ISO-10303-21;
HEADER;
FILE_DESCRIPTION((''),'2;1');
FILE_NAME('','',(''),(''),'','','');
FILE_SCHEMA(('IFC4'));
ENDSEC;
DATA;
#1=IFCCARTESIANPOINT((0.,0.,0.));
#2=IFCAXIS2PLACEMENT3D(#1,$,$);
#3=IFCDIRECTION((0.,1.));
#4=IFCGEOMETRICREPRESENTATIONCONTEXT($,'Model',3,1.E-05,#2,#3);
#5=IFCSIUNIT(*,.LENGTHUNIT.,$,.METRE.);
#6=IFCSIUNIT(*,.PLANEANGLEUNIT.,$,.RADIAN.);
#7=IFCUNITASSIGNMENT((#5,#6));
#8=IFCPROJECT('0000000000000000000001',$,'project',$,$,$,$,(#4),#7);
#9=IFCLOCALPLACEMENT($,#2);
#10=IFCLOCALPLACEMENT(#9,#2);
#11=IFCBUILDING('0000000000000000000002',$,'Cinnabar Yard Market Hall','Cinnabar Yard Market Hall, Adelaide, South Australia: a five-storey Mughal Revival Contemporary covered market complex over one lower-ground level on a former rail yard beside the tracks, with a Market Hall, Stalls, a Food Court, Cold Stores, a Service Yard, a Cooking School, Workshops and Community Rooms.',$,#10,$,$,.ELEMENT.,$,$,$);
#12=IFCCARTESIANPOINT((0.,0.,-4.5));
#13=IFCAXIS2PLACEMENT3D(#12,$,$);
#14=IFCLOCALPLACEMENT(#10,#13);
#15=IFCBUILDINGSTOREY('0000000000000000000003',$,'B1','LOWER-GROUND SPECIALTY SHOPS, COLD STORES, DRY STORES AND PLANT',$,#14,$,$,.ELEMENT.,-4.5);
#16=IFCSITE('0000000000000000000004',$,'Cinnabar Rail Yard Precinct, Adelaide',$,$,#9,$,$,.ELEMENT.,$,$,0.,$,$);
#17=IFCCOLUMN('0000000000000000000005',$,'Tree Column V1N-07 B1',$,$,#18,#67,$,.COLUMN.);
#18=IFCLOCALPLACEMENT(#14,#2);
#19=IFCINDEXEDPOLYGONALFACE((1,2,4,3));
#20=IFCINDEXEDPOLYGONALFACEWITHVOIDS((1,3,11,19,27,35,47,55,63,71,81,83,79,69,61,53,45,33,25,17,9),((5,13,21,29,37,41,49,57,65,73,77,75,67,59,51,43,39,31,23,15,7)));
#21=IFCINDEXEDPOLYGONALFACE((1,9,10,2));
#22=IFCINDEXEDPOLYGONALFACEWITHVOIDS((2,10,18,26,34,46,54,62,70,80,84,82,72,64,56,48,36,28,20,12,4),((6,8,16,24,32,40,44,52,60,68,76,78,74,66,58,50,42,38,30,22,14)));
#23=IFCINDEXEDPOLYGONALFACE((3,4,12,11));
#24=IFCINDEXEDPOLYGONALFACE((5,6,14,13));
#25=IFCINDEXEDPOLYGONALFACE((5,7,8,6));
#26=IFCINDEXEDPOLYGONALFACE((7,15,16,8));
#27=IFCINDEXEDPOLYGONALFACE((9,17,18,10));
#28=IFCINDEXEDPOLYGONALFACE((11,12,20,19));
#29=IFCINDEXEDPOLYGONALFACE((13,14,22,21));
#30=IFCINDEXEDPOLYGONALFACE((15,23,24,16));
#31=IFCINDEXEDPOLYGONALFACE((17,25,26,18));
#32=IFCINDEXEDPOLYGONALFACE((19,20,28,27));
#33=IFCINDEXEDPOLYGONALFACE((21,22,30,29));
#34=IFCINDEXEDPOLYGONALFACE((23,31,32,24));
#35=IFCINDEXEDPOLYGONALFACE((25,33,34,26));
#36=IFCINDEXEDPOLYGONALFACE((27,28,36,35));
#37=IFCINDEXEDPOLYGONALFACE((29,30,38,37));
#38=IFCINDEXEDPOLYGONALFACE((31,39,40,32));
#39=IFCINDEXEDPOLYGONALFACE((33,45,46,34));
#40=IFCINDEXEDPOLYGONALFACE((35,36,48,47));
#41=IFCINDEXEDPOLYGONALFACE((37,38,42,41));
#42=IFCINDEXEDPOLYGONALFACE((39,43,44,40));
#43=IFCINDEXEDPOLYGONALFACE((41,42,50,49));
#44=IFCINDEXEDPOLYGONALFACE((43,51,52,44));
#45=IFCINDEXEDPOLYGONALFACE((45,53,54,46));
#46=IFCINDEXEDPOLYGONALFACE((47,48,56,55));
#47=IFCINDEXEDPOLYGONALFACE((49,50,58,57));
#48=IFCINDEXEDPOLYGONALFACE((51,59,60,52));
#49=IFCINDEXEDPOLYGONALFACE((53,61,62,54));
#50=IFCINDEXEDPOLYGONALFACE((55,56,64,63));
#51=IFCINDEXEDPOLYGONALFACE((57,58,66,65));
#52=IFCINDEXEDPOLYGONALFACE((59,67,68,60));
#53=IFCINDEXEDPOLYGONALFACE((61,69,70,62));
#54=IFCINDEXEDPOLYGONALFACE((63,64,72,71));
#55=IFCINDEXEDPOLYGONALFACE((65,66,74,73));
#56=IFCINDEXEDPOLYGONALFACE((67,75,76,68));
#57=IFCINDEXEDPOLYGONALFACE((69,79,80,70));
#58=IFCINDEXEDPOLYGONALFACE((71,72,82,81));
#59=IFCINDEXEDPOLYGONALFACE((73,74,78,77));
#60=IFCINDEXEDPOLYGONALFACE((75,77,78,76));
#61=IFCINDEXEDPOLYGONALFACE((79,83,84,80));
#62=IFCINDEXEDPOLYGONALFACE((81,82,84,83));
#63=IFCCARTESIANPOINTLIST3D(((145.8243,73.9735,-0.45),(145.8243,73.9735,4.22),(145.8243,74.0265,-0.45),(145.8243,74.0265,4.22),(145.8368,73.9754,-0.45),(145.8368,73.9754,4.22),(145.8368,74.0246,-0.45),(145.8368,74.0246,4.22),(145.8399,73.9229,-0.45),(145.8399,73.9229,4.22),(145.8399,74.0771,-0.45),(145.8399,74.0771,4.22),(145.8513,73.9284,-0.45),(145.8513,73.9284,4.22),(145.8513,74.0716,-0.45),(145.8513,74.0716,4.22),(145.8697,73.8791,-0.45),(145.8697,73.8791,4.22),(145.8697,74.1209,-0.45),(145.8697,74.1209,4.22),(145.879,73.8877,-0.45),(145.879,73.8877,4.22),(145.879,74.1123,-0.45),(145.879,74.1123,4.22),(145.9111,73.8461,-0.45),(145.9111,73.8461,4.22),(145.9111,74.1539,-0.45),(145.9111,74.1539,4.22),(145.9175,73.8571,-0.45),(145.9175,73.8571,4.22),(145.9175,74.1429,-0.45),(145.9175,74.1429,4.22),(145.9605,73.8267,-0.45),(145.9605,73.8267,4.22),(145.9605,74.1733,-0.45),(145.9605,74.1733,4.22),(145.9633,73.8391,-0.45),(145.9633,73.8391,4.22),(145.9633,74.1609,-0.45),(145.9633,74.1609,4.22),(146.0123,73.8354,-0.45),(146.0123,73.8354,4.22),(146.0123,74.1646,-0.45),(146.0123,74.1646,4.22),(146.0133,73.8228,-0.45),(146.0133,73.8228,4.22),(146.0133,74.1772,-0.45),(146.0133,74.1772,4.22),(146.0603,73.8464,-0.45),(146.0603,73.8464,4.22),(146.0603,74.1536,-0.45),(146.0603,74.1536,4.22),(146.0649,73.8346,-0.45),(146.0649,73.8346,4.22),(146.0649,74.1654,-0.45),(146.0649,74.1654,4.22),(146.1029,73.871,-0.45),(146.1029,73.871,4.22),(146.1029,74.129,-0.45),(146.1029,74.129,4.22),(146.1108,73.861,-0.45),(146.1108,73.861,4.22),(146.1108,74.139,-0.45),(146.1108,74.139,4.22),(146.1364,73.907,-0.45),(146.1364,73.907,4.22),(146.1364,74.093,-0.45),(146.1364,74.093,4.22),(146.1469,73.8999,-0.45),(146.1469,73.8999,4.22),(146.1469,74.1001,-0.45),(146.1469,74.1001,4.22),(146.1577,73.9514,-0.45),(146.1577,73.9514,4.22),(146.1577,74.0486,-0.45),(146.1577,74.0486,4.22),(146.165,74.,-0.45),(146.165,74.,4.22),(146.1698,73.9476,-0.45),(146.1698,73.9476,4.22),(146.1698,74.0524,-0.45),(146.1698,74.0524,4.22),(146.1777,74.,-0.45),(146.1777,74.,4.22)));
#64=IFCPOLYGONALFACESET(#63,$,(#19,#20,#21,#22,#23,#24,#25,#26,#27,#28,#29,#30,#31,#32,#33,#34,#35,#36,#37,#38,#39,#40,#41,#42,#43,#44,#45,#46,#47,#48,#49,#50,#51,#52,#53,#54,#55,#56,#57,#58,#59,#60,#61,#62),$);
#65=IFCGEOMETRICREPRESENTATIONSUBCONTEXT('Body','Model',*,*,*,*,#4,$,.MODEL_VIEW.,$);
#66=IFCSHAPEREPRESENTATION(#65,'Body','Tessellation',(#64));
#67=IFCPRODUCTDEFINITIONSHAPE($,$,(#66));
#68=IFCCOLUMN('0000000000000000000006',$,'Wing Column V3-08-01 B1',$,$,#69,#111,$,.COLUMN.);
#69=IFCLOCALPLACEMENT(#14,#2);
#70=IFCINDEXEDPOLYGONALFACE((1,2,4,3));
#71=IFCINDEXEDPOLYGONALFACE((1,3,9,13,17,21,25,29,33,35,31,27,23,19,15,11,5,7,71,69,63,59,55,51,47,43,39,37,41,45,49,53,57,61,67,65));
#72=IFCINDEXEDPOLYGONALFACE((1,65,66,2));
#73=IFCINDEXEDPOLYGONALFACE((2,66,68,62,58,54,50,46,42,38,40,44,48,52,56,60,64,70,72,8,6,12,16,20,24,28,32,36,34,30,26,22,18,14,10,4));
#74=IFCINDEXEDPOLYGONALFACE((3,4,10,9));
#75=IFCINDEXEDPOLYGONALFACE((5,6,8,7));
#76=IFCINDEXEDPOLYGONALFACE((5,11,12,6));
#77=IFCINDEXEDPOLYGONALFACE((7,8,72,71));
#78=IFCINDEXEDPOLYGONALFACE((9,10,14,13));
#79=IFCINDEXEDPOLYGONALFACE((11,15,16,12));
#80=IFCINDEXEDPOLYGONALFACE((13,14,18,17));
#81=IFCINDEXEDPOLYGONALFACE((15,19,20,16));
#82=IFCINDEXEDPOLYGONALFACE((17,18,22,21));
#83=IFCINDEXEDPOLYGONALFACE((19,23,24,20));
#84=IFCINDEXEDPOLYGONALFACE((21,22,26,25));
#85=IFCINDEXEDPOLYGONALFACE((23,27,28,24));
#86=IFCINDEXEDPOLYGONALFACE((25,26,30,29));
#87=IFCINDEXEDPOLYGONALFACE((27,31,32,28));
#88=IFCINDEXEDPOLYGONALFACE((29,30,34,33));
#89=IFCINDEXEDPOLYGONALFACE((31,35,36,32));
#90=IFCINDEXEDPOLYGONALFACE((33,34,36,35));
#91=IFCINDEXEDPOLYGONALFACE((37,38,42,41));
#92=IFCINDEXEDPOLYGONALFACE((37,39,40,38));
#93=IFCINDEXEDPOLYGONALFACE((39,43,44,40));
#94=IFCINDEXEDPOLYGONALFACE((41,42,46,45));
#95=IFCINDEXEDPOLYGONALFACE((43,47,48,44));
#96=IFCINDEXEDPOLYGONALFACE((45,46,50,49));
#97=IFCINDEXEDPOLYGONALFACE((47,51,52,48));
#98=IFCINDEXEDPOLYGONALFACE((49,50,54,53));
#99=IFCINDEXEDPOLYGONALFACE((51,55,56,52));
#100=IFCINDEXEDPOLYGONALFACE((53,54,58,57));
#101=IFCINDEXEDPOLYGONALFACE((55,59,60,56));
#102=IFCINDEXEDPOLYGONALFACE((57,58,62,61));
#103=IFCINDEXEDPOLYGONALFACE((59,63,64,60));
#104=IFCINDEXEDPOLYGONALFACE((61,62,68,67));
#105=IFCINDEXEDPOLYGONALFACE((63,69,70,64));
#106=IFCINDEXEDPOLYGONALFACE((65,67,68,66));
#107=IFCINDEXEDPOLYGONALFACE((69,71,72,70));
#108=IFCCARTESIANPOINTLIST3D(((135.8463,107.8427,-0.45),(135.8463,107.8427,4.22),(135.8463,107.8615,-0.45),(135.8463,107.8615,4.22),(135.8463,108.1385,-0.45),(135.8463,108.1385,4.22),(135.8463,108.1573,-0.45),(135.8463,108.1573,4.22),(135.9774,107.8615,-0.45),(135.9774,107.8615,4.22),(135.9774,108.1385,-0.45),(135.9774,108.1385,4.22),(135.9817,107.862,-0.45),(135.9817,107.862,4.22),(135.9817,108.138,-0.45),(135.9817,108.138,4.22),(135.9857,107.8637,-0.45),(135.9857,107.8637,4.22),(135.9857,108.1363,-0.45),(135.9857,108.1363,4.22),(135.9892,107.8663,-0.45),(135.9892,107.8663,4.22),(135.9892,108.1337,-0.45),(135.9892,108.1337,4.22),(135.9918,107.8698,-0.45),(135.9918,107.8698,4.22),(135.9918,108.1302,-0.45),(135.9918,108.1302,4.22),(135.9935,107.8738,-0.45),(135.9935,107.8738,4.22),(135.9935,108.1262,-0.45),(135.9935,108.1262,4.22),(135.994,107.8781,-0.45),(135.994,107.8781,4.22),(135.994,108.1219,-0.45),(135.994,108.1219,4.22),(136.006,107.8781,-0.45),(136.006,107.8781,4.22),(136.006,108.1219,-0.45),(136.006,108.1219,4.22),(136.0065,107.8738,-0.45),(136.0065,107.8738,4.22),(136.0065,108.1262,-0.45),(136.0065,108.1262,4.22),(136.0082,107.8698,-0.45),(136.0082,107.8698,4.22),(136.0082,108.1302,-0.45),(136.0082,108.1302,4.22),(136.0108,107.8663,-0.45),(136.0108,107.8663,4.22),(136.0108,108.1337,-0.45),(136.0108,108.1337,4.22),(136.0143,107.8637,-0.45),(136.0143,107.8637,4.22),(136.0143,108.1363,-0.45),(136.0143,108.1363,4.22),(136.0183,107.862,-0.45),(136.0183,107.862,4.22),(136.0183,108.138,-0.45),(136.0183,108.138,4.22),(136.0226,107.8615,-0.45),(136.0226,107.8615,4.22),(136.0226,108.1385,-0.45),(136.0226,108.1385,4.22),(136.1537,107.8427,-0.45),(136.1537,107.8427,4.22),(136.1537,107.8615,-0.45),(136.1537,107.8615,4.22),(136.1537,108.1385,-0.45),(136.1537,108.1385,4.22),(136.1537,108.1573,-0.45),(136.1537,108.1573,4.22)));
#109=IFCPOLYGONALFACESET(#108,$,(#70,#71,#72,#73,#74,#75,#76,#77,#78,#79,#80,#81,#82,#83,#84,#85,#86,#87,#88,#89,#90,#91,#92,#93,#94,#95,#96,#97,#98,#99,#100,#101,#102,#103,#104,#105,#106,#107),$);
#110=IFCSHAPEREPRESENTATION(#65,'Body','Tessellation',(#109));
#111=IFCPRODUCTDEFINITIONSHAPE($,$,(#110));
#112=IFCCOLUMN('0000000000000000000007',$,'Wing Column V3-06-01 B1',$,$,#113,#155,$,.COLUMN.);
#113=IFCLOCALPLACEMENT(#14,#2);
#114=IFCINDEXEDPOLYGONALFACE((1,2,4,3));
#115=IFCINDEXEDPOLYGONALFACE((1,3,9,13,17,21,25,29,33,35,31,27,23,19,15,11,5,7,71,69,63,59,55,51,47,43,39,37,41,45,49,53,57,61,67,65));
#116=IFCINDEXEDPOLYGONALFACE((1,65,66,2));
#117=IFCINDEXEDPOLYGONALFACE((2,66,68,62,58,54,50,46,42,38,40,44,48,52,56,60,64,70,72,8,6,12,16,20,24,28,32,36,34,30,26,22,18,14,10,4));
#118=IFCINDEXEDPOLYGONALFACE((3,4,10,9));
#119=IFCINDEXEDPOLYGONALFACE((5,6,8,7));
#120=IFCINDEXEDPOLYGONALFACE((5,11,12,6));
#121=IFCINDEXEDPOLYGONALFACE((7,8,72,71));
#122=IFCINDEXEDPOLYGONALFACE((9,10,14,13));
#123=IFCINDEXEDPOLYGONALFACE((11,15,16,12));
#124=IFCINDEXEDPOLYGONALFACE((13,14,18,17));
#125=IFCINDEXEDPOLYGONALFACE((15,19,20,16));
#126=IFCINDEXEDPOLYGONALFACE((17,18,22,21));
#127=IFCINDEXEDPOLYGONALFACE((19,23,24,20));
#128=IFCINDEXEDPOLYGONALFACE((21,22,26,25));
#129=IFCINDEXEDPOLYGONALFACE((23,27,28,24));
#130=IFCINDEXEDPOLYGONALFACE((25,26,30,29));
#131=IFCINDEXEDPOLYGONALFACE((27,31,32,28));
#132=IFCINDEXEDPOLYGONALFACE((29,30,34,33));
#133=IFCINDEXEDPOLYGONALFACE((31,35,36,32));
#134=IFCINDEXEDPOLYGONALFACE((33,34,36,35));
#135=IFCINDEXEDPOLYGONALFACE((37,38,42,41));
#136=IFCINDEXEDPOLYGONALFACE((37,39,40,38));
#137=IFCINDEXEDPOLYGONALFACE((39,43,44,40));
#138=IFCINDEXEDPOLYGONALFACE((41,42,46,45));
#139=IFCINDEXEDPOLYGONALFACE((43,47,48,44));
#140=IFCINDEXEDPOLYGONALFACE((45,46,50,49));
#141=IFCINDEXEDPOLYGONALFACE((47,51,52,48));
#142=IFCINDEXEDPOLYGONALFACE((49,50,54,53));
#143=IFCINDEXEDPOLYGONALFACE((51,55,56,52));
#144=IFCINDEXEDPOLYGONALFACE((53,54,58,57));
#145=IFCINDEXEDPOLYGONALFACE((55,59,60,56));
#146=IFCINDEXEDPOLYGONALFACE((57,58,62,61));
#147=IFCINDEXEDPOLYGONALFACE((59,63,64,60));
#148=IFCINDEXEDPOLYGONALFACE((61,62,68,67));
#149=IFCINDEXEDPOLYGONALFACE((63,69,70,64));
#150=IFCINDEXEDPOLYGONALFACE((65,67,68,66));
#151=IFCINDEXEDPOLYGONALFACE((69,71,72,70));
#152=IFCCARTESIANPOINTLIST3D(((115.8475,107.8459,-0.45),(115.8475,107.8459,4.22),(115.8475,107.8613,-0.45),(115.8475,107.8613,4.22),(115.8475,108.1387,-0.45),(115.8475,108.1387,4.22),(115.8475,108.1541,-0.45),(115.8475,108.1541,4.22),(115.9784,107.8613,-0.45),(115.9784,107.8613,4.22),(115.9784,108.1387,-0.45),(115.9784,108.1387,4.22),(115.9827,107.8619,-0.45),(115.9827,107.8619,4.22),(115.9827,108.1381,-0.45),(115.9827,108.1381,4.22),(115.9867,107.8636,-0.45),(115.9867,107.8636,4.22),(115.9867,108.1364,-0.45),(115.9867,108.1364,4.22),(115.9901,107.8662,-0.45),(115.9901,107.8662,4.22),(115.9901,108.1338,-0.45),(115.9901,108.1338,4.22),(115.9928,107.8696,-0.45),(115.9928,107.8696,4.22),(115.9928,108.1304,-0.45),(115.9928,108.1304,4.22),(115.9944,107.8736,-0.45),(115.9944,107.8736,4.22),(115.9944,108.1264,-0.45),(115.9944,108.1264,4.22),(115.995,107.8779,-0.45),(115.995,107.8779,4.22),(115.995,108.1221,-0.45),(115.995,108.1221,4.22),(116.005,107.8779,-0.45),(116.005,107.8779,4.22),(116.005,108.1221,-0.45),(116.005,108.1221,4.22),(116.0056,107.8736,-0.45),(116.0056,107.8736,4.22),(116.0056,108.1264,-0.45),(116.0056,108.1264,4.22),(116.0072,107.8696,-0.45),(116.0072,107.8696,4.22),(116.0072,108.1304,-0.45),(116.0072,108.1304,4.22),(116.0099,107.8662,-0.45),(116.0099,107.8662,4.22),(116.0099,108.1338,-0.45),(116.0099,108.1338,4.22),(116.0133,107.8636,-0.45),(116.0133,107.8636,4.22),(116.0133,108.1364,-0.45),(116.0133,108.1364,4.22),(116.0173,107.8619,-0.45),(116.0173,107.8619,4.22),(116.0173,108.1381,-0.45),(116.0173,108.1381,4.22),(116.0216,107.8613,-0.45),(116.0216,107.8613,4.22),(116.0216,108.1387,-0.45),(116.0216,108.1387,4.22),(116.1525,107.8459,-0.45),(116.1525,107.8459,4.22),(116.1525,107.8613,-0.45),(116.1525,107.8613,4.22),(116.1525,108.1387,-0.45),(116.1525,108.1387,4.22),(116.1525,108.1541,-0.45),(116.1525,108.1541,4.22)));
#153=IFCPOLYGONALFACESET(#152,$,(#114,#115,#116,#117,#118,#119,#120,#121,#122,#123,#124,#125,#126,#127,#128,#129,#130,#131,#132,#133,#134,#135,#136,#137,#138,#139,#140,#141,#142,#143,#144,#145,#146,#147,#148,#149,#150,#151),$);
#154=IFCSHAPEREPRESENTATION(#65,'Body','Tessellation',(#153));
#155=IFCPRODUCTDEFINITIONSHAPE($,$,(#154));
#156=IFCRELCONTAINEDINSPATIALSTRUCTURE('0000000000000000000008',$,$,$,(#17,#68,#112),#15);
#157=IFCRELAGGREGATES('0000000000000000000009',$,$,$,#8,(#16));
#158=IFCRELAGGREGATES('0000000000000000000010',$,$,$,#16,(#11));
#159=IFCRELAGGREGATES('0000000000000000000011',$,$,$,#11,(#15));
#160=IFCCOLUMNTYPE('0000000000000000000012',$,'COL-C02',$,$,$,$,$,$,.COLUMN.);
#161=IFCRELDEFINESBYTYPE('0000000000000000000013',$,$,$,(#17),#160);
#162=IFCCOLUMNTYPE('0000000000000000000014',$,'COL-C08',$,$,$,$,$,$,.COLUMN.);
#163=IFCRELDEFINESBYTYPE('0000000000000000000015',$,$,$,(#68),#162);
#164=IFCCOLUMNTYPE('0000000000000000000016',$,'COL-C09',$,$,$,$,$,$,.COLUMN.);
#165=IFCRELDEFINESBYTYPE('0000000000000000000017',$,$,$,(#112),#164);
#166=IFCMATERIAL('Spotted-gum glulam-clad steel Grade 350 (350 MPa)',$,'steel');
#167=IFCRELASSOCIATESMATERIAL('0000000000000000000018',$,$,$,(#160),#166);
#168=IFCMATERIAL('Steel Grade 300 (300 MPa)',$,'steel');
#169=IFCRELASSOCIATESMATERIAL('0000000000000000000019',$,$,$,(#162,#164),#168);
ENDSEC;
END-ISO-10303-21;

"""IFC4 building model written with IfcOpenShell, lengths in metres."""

from ifc_helpers import new_model, si_unit, direction, frame, origin, origin_2d_with_axis, place, context, subcontext, project, spatial, hollow_circle, i_section, extrude, material, material_profile, profile_set, type_object, element, save


model = new_model("IFC4")

# Units and contexts
model_context = context("Model", 3, precision=1e-05, world=origin(), true_north=direction((0.0, 1.0)))
body_context = subcontext(model_context, "Body", "Model", "MODEL_VIEW")
ifc_project = project(units=[si_unit("LENGTHUNIT", "METRE"), si_unit("PLANEANGLEUNIT", "RADIAN")], contexts=[model_context])

# Site, building, storey
site_placement = place(None, origin())
site = spatial("IfcSite", under=ifc_project, at=site_placement, Name="Cinnabar Rail Yard Precinct, Adelaide", CompositionType="ELEMENT", RefElevation=0.0)
building_placement = place(site_placement, origin())
building = spatial("IfcBuilding", under=site, at=building_placement, Name="Cinnabar Yard Market Hall", Description="Cinnabar Yard Market Hall, Adelaide, South Australia: a five-storey Mughal Revival Contemporary covered market complex over one lower-ground level on a former rail yard beside the tracks, with a Market Hall, Stalls, a Food Court, Cold Stores, a Service Yard, a Cooking School, Workshops and Community Rooms.", CompositionType="ELEMENT")
storey_placement = place(building_placement, frame((0.0, 0.0, -4.5)))
storey = spatial("IfcBuildingStorey", under=building, at=storey_placement, Name="B1", Description="LOWER-GROUND SPECIALTY SHOPS, COLD STORES, DRY STORES AND PLANT", CompositionType="ELEMENT", Elevation=-4.5)

# Columns
ifc_material_1 = material(Name="Spotted-gum glulam-clad steel Grade 350 (350 MPa)", Category="steel")
ifc_material_profile_1 = material_profile(ifc_material_1, hollow_circle(Radius=0.1777, WallThickness=0.0127, at=origin_2d_with_axis()), Name="355.6x12.7CHS")
ifc_profile_set_1 = profile_set([ifc_material_profile_1], Name="Spotted-gum glulam-clad steel Grade 350 (350 MPa)")
column_type_1 = type_object("IfcColumnType", Name="COL-C02", PredefinedType="COLUMN", material=ifc_profile_set_1)
for number, where, z_axis, x_axis, name in (
    (1, (146.0, 74.0, -0.45), (0.0, 0.0, 1.0), (1.0, 0.0, 0.0), "Tree Column V1N-07 B1"),
):
    element("IfcColumn", number, at=place(storey_placement, frame(where, z_axis=z_axis, x_axis=x_axis)), inside=storey, type_object=column_type_1, Name=name, PredefinedType="COLUMN", context=body_context, shape_type="SweptSolid", body=[
        extrude(hollow_circle(Radius=0.1777, WallThickness=0.0127, at=origin_2d_with_axis()), origin(), (0.0, 0.0, 1.0), 4.6699),
    ])
ifc_material_2 = material(Name="Steel Grade 300 (300 MPa)", Category="steel")
ifc_material_profile_2 = material_profile(ifc_material_2, i_section(OverallWidth=0.3074, OverallDepth=0.3147, WebThickness=0.012, FlangeThickness=0.0188, FilletRadius=0.0166, at=origin_2d_with_axis()), Name="310UC118")
ifc_profile_set_2 = profile_set([ifc_material_profile_2], Name="Steel Grade 300 (300 MPa)")
column_type_2 = type_object("IfcColumnType", Name="COL-C08", PredefinedType="COLUMN", material=ifc_profile_set_2)
column_1_placement = place(storey_placement, frame((136.0, 108.0, -0.45), z_axis=(0.0, 0.0, 1.0), x_axis=(1.0, 0.0, 0.0)))
element("IfcColumn", 2, at=column_1_placement, inside=storey, type_object=column_type_2, Name="Wing Column V3-08-01 B1", PredefinedType="COLUMN", context=body_context, shape_type="SweptSolid", body=[
    extrude(i_section(OverallWidth=0.3074, OverallDepth=0.3147, WebThickness=0.012, FlangeThickness=0.0188, FilletRadius=0.0166, at=origin_2d_with_axis()), origin(), (0.0, 0.0, 1.0), 4.6699),
])
ifc_material_profile_3 = material_profile(ifc_material_2, i_section(OverallWidth=0.3049, OverallDepth=0.3081, WebThickness=0.01, FlangeThickness=0.0154, FilletRadius=0.0166, at=origin_2d_with_axis()), Name="310UC96.8")
ifc_profile_set_3 = profile_set([ifc_material_profile_3], Name="Steel Grade 300 (300 MPa)")
column_type_3 = type_object("IfcColumnType", Name="COL-C09", PredefinedType="COLUMN", material=ifc_profile_set_3)
column_2_placement = place(storey_placement, frame((116.0, 108.0, -0.45), z_axis=(0.0, 0.0, 1.0), x_axis=(1.0, 0.0, 0.0)))
element("IfcColumn", 3, at=column_2_placement, inside=storey, type_object=column_type_3, Name="Wing Column V3-06-01 B1", PredefinedType="COLUMN", context=body_context, shape_type="SweptSolid", body=[
    extrude(i_section(OverallWidth=0.3049, OverallDepth=0.3081, WebThickness=0.01, FlangeThickness=0.0154, FilletRadius=0.0166, at=origin_2d_with_axis()), origin(), (0.0, 0.0, 1.0), 4.6699),
])

save(model, "model.ifc")
